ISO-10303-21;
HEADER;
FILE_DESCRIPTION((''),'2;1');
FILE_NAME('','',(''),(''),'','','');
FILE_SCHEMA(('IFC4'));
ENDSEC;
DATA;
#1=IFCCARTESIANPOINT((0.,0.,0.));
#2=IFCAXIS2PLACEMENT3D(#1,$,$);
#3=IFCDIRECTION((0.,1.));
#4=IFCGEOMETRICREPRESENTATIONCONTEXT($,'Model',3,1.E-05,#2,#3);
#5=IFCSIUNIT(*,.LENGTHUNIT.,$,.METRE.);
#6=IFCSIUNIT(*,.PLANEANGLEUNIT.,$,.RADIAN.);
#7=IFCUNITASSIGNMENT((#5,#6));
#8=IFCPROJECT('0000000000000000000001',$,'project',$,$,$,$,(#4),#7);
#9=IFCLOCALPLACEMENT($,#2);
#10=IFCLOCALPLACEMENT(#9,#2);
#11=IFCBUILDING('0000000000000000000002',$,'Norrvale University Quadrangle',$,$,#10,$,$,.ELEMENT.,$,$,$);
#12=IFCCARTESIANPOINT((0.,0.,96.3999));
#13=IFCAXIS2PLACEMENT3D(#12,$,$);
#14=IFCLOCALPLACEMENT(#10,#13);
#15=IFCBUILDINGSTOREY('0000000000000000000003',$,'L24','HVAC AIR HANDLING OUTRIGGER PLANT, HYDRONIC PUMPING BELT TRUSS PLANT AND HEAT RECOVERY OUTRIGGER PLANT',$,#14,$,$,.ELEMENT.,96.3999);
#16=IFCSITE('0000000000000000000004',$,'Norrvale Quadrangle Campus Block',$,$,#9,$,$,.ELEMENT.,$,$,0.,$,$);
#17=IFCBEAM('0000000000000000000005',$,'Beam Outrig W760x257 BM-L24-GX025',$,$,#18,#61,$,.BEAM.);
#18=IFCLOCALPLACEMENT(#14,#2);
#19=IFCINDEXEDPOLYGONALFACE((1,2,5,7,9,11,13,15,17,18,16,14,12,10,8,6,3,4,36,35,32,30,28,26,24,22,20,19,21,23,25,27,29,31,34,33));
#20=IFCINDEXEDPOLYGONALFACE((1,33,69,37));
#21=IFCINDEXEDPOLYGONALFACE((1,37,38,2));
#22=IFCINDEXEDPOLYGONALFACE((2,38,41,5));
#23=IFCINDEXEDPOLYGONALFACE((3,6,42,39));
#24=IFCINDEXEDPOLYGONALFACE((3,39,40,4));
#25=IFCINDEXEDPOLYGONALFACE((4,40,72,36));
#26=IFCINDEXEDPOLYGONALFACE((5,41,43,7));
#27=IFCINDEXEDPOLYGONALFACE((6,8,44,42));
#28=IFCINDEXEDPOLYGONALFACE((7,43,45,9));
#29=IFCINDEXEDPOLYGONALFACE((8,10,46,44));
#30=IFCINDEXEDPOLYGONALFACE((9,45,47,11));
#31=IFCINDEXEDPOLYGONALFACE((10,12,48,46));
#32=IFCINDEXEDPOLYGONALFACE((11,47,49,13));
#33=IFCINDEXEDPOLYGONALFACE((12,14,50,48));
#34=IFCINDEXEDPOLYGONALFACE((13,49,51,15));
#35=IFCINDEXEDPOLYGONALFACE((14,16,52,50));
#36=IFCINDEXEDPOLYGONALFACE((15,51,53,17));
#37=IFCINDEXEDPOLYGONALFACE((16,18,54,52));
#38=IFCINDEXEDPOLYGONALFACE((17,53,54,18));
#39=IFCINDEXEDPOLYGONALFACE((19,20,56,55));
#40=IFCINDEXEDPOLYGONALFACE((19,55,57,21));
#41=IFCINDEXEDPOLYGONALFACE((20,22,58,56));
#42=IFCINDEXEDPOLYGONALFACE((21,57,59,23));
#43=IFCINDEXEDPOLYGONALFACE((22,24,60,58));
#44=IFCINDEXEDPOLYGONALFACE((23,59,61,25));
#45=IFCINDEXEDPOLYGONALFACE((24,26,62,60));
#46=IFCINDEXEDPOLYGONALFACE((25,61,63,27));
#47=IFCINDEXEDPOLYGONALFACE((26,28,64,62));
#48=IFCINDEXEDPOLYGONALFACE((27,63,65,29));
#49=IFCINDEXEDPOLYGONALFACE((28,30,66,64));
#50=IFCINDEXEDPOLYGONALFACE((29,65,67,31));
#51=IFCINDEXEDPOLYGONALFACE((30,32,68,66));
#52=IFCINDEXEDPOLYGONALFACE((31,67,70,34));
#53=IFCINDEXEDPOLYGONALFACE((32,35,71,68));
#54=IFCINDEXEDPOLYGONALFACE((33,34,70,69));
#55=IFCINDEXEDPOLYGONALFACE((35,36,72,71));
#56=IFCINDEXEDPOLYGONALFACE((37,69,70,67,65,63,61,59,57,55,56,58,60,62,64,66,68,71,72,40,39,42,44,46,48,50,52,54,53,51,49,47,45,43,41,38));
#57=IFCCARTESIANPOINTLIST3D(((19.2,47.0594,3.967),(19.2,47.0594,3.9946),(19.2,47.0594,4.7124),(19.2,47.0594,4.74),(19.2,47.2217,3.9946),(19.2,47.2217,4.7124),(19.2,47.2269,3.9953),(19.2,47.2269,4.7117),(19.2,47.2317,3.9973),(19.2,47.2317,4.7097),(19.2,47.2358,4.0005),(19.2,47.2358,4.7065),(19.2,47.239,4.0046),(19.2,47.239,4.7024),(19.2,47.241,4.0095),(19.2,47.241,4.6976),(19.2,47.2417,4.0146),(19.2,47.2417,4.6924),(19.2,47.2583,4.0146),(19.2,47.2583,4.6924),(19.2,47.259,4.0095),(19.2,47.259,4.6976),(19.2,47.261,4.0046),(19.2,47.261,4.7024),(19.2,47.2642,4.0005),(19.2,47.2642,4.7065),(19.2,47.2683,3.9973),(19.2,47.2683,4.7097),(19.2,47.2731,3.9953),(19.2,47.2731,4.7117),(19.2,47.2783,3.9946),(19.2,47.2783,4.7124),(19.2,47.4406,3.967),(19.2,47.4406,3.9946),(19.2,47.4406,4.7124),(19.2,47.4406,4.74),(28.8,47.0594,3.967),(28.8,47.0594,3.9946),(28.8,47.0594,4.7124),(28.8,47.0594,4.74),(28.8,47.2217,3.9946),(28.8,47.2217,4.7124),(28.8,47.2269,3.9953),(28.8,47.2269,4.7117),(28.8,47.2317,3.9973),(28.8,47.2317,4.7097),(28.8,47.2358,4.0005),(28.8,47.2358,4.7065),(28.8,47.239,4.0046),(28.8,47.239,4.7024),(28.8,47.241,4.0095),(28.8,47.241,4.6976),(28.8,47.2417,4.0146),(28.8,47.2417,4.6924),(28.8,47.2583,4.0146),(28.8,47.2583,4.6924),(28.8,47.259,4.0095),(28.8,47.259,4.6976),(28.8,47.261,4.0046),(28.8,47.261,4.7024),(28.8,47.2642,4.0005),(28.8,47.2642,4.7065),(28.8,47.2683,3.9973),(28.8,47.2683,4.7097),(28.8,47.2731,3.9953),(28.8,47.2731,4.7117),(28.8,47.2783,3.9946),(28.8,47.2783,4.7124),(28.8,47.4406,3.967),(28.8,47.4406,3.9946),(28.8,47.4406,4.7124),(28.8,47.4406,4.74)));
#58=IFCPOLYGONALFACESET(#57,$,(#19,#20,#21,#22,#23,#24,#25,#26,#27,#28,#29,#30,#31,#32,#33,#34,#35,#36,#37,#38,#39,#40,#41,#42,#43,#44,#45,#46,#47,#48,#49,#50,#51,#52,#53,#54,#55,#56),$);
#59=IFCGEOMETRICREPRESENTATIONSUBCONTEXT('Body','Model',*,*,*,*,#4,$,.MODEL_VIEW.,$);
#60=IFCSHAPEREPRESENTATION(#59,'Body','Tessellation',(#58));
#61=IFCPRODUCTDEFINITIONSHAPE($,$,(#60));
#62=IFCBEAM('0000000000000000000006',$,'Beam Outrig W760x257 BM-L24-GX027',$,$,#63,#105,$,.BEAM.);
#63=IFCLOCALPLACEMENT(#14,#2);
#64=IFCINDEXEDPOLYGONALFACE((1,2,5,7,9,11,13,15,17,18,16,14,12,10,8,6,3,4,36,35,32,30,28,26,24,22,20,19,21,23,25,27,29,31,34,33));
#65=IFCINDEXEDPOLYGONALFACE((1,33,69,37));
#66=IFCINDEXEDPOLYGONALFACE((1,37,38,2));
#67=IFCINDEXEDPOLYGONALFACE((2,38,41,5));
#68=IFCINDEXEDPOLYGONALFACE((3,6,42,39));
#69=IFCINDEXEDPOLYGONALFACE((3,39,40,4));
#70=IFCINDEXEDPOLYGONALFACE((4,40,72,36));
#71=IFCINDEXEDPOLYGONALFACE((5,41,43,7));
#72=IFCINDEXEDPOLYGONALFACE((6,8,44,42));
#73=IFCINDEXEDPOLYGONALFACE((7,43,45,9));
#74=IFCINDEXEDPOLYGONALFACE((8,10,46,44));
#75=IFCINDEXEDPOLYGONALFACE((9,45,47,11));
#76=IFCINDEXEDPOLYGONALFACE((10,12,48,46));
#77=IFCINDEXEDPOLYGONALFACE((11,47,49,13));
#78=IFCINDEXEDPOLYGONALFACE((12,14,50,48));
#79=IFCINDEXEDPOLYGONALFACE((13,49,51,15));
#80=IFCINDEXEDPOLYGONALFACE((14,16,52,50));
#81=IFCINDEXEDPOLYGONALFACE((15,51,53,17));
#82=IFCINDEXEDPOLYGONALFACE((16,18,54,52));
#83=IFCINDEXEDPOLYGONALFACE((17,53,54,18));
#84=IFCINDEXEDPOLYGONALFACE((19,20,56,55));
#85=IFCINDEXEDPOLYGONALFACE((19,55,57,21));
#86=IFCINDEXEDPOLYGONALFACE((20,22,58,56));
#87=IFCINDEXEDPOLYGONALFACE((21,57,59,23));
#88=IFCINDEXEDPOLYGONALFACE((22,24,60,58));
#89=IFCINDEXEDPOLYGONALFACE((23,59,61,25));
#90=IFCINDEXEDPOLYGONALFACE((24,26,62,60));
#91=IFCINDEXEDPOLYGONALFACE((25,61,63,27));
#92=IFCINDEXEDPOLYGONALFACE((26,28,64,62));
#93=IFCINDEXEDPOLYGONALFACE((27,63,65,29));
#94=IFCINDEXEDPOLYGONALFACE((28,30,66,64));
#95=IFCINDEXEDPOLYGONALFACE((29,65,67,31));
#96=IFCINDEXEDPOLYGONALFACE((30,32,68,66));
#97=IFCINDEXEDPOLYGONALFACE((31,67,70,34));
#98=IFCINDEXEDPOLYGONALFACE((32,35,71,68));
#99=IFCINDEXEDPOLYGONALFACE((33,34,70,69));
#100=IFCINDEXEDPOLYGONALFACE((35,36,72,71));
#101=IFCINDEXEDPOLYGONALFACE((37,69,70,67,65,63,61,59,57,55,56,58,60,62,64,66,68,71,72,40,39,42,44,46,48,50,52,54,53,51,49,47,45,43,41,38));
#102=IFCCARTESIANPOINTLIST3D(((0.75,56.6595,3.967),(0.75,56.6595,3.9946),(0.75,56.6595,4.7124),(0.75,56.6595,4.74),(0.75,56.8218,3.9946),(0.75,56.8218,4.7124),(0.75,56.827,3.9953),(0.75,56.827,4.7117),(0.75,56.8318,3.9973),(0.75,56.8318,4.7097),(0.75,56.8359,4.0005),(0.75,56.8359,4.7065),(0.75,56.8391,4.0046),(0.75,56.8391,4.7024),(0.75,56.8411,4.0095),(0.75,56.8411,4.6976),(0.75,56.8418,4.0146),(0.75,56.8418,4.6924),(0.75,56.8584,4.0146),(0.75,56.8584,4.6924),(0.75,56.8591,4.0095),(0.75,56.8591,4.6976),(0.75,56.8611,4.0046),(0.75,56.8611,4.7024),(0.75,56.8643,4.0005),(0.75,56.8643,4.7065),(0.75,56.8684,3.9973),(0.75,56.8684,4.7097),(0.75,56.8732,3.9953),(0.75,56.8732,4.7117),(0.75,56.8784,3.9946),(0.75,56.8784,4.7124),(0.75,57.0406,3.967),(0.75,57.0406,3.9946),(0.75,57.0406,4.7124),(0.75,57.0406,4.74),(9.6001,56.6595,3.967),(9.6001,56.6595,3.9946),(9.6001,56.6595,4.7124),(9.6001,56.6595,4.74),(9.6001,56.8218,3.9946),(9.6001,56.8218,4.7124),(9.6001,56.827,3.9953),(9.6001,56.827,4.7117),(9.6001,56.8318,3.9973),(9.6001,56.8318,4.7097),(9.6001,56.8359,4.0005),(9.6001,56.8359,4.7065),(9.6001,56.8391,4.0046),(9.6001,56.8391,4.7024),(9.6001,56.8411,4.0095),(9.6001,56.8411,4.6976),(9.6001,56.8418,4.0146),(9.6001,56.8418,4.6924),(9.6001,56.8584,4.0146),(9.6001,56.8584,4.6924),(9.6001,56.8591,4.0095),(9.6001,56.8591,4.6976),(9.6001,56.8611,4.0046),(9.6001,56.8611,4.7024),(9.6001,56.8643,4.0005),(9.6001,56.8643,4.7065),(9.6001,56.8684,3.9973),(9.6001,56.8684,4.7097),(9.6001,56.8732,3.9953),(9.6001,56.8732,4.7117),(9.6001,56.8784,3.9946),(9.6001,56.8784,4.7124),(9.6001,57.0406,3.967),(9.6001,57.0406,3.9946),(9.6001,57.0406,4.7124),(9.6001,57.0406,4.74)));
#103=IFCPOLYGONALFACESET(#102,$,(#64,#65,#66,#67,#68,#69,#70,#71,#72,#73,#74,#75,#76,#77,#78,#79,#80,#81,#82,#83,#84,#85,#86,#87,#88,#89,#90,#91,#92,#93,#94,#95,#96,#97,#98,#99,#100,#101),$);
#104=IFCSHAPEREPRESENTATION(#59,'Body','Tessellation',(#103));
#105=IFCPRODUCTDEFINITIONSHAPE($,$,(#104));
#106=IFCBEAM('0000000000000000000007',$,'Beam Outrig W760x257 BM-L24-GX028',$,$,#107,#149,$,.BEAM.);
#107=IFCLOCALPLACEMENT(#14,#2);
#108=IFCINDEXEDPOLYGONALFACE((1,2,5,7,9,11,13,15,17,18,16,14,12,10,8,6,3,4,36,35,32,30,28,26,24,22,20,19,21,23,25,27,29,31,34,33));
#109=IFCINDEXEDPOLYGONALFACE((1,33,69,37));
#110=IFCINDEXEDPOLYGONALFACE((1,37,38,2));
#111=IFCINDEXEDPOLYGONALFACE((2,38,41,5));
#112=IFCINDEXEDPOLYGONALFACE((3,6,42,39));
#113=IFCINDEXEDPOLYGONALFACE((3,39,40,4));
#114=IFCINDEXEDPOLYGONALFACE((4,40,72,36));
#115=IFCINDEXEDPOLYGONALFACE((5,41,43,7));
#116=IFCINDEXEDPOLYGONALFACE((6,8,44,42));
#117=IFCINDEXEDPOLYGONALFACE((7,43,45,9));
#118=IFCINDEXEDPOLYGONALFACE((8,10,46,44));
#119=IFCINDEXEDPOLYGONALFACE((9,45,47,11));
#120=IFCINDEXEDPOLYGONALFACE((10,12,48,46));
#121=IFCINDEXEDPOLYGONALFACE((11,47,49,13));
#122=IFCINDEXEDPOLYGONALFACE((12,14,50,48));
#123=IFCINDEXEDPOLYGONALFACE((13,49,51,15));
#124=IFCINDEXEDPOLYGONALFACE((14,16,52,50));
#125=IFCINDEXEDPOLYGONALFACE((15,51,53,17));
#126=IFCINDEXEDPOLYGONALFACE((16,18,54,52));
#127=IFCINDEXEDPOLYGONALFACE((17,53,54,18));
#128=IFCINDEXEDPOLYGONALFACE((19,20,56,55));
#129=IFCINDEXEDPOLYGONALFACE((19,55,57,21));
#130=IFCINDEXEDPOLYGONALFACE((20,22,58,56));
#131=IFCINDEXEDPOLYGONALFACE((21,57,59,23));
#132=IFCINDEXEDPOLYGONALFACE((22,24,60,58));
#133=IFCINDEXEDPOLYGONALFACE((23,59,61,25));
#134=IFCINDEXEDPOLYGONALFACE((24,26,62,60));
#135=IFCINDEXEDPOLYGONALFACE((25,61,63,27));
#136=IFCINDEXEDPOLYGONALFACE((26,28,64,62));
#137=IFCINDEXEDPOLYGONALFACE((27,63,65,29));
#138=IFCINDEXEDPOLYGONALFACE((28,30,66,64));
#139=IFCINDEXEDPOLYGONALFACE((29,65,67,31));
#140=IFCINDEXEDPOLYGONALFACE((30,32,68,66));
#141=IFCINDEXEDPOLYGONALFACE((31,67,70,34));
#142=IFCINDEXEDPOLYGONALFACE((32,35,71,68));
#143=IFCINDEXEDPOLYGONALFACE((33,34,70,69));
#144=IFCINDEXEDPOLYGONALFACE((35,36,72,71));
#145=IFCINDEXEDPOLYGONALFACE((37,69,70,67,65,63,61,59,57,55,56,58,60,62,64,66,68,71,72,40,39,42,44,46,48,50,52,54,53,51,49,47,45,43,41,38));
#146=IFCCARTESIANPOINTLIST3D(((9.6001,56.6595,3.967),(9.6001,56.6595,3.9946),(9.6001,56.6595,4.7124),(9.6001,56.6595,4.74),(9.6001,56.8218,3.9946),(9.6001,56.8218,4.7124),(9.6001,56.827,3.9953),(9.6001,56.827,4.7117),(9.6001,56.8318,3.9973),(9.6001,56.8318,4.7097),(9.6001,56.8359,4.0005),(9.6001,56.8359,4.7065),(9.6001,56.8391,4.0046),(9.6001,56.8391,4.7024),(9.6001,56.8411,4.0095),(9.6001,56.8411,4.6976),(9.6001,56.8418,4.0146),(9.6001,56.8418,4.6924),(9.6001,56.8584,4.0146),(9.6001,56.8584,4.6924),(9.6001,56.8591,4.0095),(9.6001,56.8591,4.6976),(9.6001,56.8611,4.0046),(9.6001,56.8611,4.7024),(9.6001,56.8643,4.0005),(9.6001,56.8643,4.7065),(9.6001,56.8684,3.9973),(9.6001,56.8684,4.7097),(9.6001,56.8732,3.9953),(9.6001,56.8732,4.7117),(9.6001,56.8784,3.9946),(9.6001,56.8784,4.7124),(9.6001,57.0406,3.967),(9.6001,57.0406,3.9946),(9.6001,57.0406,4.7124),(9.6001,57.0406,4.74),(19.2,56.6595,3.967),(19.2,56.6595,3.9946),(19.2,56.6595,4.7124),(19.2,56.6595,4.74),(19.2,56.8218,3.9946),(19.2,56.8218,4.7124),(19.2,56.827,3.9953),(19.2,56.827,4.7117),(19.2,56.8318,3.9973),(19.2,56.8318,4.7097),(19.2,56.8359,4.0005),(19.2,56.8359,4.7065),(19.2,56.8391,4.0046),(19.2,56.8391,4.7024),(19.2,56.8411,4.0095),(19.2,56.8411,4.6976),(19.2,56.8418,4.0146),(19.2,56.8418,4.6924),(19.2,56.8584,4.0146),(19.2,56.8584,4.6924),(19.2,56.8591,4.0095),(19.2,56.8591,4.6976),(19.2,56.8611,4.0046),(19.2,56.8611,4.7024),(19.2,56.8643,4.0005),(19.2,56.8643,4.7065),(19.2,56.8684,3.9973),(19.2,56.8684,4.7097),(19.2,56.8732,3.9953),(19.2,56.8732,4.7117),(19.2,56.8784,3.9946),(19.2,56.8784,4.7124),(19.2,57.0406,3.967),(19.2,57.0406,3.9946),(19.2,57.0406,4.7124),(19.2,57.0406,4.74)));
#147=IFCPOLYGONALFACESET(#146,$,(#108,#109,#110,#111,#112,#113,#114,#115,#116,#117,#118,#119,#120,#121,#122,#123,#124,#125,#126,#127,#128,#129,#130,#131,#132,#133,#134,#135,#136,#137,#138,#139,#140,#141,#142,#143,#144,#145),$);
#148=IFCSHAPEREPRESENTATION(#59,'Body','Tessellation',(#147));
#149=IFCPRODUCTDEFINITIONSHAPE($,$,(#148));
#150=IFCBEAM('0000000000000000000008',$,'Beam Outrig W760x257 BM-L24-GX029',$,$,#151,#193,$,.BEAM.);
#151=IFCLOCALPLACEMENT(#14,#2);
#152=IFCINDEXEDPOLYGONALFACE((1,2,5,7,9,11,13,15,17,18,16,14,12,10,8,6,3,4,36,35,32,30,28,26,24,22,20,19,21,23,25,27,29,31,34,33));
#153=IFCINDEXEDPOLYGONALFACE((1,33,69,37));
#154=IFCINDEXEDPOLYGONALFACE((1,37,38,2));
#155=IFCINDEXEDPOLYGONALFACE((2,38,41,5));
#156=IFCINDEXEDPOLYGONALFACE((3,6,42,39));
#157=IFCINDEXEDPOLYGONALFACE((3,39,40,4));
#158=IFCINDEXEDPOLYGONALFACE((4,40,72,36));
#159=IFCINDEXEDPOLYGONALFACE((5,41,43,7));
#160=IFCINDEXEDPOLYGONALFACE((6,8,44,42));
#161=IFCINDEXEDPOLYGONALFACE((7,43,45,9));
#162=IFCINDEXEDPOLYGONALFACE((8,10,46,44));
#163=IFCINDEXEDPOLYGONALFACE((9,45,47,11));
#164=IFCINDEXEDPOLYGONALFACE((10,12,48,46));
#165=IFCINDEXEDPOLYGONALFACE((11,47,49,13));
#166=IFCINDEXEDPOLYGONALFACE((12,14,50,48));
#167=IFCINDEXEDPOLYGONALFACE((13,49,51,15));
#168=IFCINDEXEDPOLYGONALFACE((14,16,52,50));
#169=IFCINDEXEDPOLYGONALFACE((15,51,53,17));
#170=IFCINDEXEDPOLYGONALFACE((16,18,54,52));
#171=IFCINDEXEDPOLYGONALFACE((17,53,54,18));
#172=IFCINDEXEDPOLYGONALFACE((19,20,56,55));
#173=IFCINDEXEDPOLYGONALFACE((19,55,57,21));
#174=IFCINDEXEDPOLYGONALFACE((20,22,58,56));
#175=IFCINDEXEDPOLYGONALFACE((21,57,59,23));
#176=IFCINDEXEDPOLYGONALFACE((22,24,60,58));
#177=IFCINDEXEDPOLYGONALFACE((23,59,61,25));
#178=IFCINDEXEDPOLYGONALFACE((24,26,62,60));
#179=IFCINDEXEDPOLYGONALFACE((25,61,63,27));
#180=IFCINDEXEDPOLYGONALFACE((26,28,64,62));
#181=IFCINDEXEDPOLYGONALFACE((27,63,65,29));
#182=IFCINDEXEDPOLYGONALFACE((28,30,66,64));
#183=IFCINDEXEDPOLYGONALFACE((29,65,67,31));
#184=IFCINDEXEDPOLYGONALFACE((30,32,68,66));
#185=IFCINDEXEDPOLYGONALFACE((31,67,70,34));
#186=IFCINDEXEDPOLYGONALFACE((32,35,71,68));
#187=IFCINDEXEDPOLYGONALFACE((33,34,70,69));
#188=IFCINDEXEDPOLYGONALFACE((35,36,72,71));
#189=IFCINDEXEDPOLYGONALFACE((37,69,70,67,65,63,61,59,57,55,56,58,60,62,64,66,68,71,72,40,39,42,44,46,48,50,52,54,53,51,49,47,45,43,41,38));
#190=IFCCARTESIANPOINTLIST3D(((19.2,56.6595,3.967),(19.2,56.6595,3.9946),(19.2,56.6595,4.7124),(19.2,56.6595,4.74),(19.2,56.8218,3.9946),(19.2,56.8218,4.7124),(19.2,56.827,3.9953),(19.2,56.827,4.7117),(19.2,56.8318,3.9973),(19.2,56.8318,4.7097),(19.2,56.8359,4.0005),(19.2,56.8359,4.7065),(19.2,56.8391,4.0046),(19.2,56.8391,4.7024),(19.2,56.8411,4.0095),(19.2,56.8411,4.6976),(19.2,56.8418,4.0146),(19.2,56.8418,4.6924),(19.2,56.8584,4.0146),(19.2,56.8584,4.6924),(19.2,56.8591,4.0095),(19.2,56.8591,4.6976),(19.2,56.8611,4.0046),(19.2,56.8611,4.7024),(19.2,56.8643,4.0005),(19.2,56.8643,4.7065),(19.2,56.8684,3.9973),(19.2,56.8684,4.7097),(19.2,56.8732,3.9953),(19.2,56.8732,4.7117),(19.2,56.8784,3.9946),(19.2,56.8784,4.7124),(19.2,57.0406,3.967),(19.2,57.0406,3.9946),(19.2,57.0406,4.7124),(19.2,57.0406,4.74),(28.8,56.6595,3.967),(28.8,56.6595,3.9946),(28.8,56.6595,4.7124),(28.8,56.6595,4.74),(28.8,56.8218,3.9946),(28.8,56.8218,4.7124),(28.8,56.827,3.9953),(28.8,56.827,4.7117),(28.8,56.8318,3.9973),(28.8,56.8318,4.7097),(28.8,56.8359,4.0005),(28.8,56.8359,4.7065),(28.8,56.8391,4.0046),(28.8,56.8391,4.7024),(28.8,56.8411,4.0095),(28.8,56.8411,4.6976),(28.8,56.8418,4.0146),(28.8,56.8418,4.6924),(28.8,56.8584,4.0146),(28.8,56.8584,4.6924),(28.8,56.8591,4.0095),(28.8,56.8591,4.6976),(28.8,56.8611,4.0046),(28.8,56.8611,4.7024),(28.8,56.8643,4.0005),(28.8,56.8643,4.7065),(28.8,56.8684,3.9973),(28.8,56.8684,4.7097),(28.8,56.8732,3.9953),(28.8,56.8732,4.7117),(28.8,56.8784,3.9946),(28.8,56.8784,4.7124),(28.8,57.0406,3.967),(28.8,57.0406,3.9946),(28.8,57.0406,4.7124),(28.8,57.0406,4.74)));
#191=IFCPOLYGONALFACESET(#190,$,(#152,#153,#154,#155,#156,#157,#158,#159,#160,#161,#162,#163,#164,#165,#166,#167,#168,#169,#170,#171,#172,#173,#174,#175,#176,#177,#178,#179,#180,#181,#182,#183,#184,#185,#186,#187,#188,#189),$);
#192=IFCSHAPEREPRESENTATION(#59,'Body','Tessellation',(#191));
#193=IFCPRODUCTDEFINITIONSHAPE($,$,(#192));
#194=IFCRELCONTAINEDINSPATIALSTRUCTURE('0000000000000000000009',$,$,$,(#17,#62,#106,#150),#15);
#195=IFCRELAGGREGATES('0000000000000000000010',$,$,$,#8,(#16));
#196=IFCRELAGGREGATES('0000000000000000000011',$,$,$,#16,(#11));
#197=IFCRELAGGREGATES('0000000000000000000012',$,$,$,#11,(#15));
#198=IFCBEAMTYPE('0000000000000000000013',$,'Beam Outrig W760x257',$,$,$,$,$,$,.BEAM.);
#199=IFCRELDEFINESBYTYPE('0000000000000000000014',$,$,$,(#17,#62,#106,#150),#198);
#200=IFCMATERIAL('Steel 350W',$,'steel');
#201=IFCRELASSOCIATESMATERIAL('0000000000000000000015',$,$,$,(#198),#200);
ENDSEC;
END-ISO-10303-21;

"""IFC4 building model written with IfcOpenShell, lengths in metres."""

from ifc_helpers import new_model, si_unit, direction, frame, origin, origin_2d, place, context, subcontext, project, spatial, i_section, extrude, material, material_profile, profile_set, type_object, element, save


model = new_model("IFC4")

# Units and contexts
model_context = context("Model", 3, precision=1e-05, world=origin(), true_north=direction((0.0, 1.0)))
body_context = subcontext(model_context, "Body", "Model", "MODEL_VIEW")
ifc_project = project(units=[si_unit("LENGTHUNIT", "METRE"), si_unit("PLANEANGLEUNIT", "RADIAN")], contexts=[model_context])

# Site, building, storey
site_placement = place(None, origin())
site = spatial("IfcSite", under=ifc_project, at=site_placement, Name="Norrvale Quadrangle Campus Block", CompositionType="ELEMENT", RefElevation=0.0)
building_placement = place(site_placement, origin())
building = spatial("IfcBuilding", under=site, at=building_placement, Name="Norrvale University Quadrangle", CompositionType="ELEMENT")
storey_placement = place(building_placement, frame((0.0, 0.0, 96.3999)))
storey = spatial("IfcBuildingStorey", under=building, at=storey_placement, Name="L24", Description="HVAC AIR HANDLING OUTRIGGER PLANT, HYDRONIC PUMPING BELT TRUSS PLANT AND HEAT RECOVERY OUTRIGGER PLANT", CompositionType="ELEMENT", Elevation=96.3999)

# Beams
ifc_material_1 = material(Name="Steel 350W", Category="steel")
ifc_material_profile_1 = material_profile(ifc_material_1, i_section(OverallWidth=0.3811, OverallDepth=0.7729, WebThickness=0.0166, FlangeThickness=0.0276, FilletRadius=0.02, at=origin_2d()), Name="Steel 350W")
ifc_profile_set_1 = profile_set([ifc_material_profile_1], Name="Steel 350W")
beam_type_1 = type_object("IfcBeamType", Name="Beam Outrig W760x257", PredefinedType="BEAM", material=ifc_profile_set_1)
beam_1_placement = place(storey_placement, frame((19.2, 47.25, 4.3535), z_axis=(1.0, 0.0, 0.0), x_axis=(0.0, 1.0, 0.0)))
element("IfcBeam", 1, at=beam_1_placement, inside=storey, type_object=beam_type_1, Name="Beam Outrig W760x257 BM-L24-GX025", PredefinedType="BEAM", context=body_context, shape_type="SweptSolid", body=[
    extrude(i_section(OverallWidth=0.3811, OverallDepth=0.7729, WebThickness=0.0166, FlangeThickness=0.0276, FilletRadius=0.02, at=origin_2d()), origin(), (0.0, 0.0, 1.0), 9.6001),
])
beam_2_placement = place(storey_placement, frame((0.75, 56.8501, 4.3535), z_axis=(1.0, 0.0, 0.0), x_axis=(0.0, 1.0, 0.0)))
element("IfcBeam", 2, at=beam_2_placement, inside=storey, type_object=beam_type_1, Name="Beam Outrig W760x257 BM-L24-GX027", PredefinedType="BEAM", context=body_context, shape_type="SweptSolid", body=[
    extrude(i_section(OverallWidth=0.3811, OverallDepth=0.7729, WebThickness=0.0166, FlangeThickness=0.0276, FilletRadius=0.02, at=origin_2d()), origin(), (0.0, 0.0, 1.0), 8.8501),
])
beam_3_placement = place(storey_placement, frame((9.6001, 56.8501, 4.3535), z_axis=(1.0, 0.0, 0.0), x_axis=(0.0, 1.0, 0.0)))
element("IfcBeam", 3, at=beam_3_placement, inside=storey, type_object=beam_type_1, Name="Beam Outrig W760x257 BM-L24-GX028", PredefinedType="BEAM", context=body_context, shape_type="SweptSolid", body=[
    extrude(i_section(OverallWidth=0.3811, OverallDepth=0.7729, WebThickness=0.0166, FlangeThickness=0.0276, FilletRadius=0.02, at=origin_2d()), origin(), (0.0, 0.0, 1.0), 9.5999),
])
beam_4_placement = place(storey_placement, frame((19.2, 56.8501, 4.3535), z_axis=(1.0, 0.0, 0.0), x_axis=(0.0, 1.0, 0.0)))
element("IfcBeam", 4, at=beam_4_placement, inside=storey, type_object=beam_type_1, Name="Beam Outrig W760x257 BM-L24-GX029", PredefinedType="BEAM", context=body_context, shape_type="SweptSolid", body=[
    extrude(i_section(OverallWidth=0.3811, OverallDepth=0.7729, WebThickness=0.0166, FlangeThickness=0.0276, FilletRadius=0.02, at=origin_2d()), origin(), (0.0, 0.0, 1.0), 9.6001),
])

save(model, "model.ifc")
